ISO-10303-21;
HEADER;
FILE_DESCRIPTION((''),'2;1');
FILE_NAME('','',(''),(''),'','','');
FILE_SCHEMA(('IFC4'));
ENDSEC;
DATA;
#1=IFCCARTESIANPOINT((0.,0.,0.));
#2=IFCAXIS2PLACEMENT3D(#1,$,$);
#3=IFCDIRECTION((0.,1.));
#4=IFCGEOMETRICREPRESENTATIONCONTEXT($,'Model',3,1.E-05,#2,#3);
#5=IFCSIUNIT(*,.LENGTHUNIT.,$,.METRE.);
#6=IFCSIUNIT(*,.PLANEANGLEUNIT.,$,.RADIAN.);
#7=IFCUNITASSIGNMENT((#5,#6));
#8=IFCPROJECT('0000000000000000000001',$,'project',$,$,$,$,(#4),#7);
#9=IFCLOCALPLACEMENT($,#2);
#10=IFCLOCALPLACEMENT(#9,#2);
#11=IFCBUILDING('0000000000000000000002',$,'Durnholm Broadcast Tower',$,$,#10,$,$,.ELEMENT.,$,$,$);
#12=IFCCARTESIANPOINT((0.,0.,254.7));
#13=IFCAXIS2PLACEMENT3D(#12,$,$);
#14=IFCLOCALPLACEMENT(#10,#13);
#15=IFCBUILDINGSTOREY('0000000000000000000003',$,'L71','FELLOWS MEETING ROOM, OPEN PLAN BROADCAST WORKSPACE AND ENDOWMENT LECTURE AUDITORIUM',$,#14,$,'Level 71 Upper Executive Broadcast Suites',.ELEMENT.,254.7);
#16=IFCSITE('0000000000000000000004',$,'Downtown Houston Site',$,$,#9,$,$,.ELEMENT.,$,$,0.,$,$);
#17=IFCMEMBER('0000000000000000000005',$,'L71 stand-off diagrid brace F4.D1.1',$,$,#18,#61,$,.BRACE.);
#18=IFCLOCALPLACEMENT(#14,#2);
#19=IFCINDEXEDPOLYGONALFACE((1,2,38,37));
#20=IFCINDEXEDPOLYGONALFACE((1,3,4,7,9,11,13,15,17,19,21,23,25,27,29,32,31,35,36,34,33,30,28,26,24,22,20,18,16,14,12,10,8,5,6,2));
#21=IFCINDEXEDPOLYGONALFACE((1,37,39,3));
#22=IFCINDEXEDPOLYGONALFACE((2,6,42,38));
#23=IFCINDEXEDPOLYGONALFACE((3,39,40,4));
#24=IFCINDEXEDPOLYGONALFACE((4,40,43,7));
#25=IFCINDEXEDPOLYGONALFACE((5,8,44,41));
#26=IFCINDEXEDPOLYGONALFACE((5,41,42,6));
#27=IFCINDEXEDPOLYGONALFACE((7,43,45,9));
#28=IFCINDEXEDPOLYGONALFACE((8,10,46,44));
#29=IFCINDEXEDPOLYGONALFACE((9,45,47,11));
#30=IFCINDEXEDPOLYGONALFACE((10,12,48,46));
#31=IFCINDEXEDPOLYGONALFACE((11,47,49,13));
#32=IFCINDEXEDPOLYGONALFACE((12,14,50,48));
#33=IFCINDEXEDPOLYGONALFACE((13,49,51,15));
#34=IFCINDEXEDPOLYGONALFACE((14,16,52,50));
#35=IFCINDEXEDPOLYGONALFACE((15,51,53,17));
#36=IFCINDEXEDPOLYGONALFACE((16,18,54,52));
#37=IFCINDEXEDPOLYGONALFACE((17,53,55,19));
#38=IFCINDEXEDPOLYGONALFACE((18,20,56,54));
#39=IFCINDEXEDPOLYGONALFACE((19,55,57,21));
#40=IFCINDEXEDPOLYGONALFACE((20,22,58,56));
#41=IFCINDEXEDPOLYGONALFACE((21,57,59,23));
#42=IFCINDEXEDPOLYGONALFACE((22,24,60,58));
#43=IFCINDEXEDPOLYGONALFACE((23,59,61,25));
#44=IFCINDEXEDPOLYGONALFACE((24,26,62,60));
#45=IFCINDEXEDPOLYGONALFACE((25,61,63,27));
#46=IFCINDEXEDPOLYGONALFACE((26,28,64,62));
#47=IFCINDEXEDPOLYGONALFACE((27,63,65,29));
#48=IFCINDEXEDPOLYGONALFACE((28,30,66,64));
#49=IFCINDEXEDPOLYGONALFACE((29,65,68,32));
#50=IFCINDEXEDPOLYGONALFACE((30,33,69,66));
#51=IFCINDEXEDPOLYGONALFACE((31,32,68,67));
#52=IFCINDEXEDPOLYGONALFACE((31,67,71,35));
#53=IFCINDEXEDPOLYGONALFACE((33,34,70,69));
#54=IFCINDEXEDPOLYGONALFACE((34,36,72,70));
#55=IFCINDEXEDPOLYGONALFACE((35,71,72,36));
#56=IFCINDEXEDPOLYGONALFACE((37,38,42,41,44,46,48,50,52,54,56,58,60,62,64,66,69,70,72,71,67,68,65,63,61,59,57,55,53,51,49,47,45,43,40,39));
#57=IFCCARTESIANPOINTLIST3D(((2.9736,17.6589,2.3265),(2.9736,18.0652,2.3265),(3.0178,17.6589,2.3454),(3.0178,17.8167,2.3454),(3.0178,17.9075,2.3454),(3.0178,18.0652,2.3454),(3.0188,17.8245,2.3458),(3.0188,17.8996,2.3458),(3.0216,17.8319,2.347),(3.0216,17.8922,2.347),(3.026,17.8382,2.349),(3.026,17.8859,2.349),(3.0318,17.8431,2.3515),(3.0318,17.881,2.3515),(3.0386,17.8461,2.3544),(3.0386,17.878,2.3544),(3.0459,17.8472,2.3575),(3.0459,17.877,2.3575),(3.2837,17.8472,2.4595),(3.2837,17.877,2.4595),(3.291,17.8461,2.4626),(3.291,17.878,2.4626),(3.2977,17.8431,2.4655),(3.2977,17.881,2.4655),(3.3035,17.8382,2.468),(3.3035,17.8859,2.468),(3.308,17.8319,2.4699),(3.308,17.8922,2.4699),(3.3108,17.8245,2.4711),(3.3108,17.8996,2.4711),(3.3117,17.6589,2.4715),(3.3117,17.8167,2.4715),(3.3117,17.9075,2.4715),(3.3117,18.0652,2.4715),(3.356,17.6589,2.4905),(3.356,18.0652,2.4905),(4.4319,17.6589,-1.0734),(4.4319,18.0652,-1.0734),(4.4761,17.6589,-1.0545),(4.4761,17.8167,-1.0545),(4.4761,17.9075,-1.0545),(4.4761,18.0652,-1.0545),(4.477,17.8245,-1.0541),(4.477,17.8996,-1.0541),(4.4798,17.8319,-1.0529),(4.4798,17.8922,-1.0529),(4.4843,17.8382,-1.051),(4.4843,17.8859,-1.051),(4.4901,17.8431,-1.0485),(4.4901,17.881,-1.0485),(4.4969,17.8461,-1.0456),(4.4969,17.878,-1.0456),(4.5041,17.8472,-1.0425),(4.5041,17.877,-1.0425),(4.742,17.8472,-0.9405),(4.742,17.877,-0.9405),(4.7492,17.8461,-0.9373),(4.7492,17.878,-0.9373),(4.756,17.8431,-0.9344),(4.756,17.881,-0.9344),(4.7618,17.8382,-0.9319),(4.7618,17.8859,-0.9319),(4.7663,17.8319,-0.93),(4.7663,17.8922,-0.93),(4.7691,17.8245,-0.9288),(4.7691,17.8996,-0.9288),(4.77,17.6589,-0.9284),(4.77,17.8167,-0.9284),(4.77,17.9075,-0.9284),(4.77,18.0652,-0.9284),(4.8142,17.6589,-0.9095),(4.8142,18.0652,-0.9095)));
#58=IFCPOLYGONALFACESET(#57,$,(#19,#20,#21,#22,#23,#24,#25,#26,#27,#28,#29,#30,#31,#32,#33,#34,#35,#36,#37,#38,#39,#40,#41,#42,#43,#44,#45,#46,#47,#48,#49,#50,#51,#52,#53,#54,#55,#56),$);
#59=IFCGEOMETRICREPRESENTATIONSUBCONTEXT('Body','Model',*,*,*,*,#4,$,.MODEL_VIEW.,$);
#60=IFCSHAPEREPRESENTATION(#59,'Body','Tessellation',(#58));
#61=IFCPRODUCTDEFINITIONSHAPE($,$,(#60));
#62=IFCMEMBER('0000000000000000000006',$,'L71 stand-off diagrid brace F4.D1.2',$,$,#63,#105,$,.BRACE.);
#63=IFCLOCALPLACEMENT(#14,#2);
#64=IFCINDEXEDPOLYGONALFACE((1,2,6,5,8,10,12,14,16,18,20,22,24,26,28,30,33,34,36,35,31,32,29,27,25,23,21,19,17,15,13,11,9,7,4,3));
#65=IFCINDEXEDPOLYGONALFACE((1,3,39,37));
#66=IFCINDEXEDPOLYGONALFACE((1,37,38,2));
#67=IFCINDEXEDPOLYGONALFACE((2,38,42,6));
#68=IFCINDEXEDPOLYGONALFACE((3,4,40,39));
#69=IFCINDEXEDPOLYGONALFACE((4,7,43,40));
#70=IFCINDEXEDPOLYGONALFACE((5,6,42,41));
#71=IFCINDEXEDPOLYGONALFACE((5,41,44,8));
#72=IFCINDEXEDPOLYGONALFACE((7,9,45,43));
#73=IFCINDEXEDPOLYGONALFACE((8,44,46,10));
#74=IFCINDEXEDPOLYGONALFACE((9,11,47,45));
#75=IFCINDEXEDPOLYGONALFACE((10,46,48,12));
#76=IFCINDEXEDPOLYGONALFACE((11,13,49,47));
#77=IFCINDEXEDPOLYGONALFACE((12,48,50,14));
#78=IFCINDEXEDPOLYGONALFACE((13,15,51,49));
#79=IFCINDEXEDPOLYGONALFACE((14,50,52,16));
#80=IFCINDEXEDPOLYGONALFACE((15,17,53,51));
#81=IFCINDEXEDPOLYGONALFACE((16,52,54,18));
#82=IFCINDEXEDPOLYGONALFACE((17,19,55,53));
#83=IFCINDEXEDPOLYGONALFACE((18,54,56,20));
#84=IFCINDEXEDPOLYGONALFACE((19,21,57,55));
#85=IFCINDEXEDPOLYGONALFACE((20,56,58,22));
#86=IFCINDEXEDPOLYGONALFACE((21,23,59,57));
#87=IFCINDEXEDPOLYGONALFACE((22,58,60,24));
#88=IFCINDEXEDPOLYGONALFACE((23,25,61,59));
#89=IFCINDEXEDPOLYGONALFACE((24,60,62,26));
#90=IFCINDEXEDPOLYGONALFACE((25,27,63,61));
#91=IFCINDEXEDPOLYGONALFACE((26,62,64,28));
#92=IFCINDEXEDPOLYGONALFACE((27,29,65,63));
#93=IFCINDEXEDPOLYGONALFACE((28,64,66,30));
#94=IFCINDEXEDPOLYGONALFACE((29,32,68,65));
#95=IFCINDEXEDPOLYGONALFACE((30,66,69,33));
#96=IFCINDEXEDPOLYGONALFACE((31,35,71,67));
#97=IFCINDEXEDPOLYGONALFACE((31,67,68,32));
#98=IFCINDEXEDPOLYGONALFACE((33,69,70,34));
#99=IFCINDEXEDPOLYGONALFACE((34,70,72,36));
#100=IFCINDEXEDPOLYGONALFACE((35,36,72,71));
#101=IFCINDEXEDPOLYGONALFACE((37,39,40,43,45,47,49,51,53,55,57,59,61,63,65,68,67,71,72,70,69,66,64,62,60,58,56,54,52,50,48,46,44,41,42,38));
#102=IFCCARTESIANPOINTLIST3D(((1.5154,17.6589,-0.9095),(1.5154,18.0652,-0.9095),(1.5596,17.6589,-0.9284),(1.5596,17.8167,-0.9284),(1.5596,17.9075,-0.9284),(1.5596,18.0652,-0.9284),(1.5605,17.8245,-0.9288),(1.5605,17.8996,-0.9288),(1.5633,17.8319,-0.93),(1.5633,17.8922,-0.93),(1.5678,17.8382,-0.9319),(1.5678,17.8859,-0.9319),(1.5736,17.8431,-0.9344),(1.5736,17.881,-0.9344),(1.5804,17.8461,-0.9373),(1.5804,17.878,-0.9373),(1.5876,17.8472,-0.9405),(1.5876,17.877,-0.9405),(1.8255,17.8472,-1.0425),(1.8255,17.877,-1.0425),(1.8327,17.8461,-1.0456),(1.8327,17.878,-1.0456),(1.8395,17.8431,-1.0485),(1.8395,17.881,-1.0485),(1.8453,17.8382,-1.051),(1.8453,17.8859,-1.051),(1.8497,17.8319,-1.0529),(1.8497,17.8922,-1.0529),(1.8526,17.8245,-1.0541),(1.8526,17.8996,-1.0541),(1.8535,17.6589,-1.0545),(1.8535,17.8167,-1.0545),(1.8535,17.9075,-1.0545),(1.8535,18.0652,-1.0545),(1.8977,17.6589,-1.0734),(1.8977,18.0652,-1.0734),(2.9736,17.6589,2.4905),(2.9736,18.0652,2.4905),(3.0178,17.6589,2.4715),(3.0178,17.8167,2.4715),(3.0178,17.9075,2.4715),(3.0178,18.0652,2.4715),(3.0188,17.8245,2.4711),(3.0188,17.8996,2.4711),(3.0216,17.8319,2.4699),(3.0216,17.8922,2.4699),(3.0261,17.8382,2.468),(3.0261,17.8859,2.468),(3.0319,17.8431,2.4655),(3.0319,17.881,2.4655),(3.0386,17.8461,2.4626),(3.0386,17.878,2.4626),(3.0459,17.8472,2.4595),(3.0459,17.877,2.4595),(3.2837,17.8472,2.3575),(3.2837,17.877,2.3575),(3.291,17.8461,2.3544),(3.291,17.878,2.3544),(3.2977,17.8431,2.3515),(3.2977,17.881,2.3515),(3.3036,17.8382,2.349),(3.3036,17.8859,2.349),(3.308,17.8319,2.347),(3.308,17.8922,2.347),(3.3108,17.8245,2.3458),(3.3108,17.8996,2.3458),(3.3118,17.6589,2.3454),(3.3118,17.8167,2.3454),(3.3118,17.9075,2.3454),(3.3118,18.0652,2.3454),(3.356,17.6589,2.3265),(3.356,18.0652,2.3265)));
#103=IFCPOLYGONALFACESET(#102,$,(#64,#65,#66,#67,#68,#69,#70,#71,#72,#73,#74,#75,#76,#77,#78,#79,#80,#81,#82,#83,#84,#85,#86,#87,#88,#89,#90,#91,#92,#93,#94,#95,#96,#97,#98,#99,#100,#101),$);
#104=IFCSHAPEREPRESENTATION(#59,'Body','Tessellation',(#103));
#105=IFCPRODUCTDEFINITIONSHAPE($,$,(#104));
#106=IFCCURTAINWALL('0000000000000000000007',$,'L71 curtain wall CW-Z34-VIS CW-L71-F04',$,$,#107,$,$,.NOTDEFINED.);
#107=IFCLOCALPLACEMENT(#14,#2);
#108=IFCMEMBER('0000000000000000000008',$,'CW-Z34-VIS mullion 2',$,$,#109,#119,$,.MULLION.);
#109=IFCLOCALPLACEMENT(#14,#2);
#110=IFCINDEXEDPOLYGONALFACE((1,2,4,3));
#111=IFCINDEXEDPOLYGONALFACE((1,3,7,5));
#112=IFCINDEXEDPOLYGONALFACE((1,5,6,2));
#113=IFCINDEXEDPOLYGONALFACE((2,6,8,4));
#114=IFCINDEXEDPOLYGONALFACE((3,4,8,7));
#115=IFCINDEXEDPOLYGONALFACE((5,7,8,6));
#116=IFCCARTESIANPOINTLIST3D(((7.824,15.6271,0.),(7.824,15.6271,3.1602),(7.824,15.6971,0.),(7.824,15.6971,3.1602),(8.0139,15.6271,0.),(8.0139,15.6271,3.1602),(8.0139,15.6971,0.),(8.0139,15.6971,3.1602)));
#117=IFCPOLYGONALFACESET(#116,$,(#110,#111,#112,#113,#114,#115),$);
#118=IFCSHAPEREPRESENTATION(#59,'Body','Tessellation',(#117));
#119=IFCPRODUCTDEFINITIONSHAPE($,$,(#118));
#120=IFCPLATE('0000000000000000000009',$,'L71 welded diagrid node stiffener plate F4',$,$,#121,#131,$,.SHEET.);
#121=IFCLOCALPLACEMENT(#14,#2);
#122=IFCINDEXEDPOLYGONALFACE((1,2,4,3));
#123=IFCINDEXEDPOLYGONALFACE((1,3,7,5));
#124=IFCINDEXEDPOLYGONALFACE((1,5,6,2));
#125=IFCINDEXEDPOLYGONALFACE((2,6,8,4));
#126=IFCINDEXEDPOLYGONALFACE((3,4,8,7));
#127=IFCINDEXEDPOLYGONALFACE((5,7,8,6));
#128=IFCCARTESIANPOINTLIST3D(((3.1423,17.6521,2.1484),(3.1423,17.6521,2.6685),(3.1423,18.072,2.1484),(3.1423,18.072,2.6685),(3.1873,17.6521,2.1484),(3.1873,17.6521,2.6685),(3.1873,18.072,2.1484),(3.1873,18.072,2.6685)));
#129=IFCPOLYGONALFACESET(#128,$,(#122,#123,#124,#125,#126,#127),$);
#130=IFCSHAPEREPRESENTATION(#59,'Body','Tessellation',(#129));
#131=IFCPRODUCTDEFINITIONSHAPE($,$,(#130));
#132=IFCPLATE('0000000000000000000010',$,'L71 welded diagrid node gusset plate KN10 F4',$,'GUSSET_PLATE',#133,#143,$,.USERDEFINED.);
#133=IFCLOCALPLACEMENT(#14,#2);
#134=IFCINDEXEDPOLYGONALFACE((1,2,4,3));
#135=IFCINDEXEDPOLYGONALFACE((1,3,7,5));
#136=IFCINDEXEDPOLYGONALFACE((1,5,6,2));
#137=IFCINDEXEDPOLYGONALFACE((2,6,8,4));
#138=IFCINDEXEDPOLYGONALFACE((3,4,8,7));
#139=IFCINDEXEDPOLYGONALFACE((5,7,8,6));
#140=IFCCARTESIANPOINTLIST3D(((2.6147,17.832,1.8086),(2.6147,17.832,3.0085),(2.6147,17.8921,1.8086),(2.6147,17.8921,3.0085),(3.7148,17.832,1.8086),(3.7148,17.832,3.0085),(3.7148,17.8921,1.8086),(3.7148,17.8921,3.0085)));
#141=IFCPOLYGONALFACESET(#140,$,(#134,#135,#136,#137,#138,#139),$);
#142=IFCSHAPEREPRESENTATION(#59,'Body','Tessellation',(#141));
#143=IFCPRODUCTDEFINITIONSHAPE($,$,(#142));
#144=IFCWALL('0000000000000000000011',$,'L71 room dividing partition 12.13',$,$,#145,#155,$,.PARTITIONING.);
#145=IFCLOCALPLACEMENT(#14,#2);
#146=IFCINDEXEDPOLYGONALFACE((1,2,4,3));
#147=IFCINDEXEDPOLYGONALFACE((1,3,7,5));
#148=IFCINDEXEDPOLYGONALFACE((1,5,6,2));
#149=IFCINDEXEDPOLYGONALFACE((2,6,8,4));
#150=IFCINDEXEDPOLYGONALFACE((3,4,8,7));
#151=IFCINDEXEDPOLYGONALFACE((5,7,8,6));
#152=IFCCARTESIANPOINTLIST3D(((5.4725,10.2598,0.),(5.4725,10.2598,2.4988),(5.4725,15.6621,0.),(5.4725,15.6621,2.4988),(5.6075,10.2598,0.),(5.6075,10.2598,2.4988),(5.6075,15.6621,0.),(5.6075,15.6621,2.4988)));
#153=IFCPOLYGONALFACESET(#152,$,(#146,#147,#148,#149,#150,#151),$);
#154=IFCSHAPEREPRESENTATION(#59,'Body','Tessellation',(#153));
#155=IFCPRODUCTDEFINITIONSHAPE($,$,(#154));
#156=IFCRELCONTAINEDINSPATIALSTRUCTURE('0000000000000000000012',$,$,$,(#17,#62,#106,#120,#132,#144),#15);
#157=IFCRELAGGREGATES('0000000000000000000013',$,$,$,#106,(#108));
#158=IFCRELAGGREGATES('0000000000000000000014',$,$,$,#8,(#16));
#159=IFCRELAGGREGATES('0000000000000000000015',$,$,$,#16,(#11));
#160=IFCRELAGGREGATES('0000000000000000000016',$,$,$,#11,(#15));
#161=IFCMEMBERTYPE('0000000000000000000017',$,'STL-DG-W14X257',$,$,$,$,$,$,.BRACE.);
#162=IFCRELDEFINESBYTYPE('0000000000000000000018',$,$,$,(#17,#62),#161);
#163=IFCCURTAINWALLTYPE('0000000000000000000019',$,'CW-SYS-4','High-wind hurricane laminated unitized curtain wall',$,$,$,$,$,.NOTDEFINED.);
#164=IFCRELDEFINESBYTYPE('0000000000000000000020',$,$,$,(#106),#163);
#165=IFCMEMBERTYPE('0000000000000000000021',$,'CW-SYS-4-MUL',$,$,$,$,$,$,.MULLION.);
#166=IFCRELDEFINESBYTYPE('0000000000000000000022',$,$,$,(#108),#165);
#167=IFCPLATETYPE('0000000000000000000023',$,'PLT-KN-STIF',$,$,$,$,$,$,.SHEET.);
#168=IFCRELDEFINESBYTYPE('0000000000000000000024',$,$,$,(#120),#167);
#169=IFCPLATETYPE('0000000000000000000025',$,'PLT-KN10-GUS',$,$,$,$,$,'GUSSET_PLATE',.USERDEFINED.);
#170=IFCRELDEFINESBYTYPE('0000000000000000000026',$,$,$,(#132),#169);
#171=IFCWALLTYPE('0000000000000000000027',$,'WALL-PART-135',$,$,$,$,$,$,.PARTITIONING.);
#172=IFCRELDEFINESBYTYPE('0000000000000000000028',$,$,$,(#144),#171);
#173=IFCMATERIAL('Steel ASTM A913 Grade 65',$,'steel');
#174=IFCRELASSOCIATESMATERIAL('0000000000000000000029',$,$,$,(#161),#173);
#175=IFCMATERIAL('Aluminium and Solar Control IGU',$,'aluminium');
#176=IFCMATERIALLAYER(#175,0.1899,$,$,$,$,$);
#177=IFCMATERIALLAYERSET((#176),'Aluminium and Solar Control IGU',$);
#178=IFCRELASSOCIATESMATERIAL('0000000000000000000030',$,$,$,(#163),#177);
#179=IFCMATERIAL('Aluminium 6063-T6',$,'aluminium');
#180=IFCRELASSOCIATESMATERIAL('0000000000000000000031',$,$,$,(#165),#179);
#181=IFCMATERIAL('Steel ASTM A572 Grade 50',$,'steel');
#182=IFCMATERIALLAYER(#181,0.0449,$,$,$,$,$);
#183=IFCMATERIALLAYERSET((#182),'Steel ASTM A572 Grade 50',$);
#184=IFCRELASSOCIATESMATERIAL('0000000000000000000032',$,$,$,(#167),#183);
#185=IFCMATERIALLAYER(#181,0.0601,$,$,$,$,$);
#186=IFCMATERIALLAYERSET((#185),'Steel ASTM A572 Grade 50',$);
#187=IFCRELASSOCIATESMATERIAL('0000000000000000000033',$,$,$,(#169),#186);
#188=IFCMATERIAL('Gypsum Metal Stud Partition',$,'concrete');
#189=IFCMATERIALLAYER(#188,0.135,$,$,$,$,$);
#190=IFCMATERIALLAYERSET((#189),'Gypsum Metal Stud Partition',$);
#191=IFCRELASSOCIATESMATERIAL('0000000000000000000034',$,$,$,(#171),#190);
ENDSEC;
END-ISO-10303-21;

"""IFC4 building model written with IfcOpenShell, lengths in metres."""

from ifc_helpers import new_model, si_unit, direction, frame, frame_2d, origin, origin_2d, place, context, subcontext, project, spatial, rectangle, i_section, extrude, source, transform, mapped, material, layer, layer_set, material_profile, profile_set, type_object, type_shapes, element, aggregate, save


model = new_model("IFC4")

# Units and contexts
model_context = context("Model", 3, precision=1e-05, world=origin(), true_north=direction((0.0, 1.0)))
body_context = subcontext(model_context, "Body", "Model", "MODEL_VIEW")
ifc_project = project(units=[si_unit("LENGTHUNIT", "METRE"), si_unit("PLANEANGLEUNIT", "RADIAN")], contexts=[model_context])

# Site, building, storey
site_placement = place(None, origin())
site = spatial("IfcSite", under=ifc_project, at=site_placement, Name="Downtown Houston Site", CompositionType="ELEMENT", RefElevation=0.0)
building_placement = place(site_placement, origin())
building = spatial("IfcBuilding", under=site, at=building_placement, Name="Durnholm Broadcast Tower", CompositionType="ELEMENT")
storey_placement = place(building_placement, frame((0.0, 0.0, 254.7)))
storey = spatial("IfcBuildingStorey", under=building, at=storey_placement, Name="L71", Description="FELLOWS MEETING ROOM, OPEN PLAN BROADCAST WORKSPACE AND ENDOWMENT LECTURE AUDITORIUM", LongName="Level 71 Upper Executive Broadcast Suites", CompositionType="ELEMENT", Elevation=254.7)

# Members
ifc_material_1 = material(Name="Steel ASTM A913 Grade 65", Category="steel")
ifc_material_profile_1 = material_profile(ifc_material_1, i_section(OverallWidth=0.4062, OverallDepth=0.416, WebThickness=0.0298, FlangeThickness=0.0481, FilletRadius=0.0305, at=origin_2d()), Name="W14X257")
ifc_profile_set_1 = profile_set([ifc_material_profile_1], Name="Steel ASTM A913 Grade 65")
member_type_1 = type_object("IfcMemberType", Name="STL-DG-W14X257", PredefinedType="BRACE", material=ifc_profile_set_1)
shared_shape_1 = source(origin(), body_context, "Body", "SweptSolid", [
    extrude(i_section(OverallWidth=0.4062, OverallDepth=0.416, WebThickness=0.0298, FlangeThickness=0.0481, FilletRadius=0.0305, at=origin_2d()), origin(), (0.0, 0.0, 1.0), 3.6995),
])
type_shapes(member_type_1, [shared_shape_1])
for number, where, z_axis, x_axis, name in (
    (1, (4.623, 17.8621, -0.9915), (-0.394182, 0.0, 0.919032), (0.0, -1.0, 0.0), "L71 stand-off diagrid brace F4.D1.1"),
    (2, (1.7065, 17.8621, -0.9915), (0.394182, 0.0, 0.919032), (0.0, 1.0, 0.0), "L71 stand-off diagrid brace F4.D1.2"),
):
    element("IfcMember", number, at=place(storey_placement, frame(where, z_axis=z_axis, x_axis=x_axis)), inside=storey, type_object=member_type_1, Name=name, PredefinedType="BRACE", context=body_context, shape_type="MappedRepresentation", body=[
        mapped(shared_shape_1, transform((0.0, 0.0, 0.0), x_axis=(1.0, 0.0, 0.0), y_axis=(0.0, 1.0, 0.0), z_axis=(0.0, 0.0, 1.0), scale=1.0)),
    ])

# Curtain wall, member
ifc_material_2 = material(Name="Aluminium and Solar Control IGU", Category="aluminium")
ifc_layer_1 = layer(ifc_material_2, 0.1899)
ifc_layer_set_1 = layer_set([ifc_layer_1], Name="Aluminium and Solar Control IGU")
curtain_wall_type = type_object("IfcCurtainWallType", Name="CW-SYS-4", Description="High-wind hurricane laminated unitized curtain wall", PredefinedType="NOTDEFINED", material=ifc_layer_set_1)
curtain_wall_placement = place(storey_placement, origin())
curtain_wall = element("IfcCurtainWall", 3, at=curtain_wall_placement, inside=storey, type_object=curtain_wall_type, Name="L71 curtain wall CW-Z34-VIS CW-L71-F04", PredefinedType="NOTDEFINED")
ifc_material_3 = material(Name="Aluminium 6063-T6", Category="aluminium")
ifc_material_profile_2 = material_profile(ifc_material_3, rectangle(XDim=0.0701, YDim=0.1899, at=origin_2d()), Name="CWM70X190")
ifc_profile_set_2 = profile_set([ifc_material_profile_2], Name="Aluminium 6063-T6")
member_type_2 = type_object("IfcMemberType", Name="CW-SYS-4-MUL", PredefinedType="MULLION", material=ifc_profile_set_2)
shared_shape_2 = source(origin(), body_context, "Body", "SweptSolid", [
    extrude(rectangle(XDim=0.0701, YDim=0.1899, at=origin_2d()), origin(), (0.0, 0.0, 1.0), 3.1602),
])
type_shapes(member_type_2, [shared_shape_2])
member_placement = place(storey_placement, frame((7.9189, 15.6621, 0.0), z_axis=(0.0, 0.0, 1.0), x_axis=(0.0, 1.0, 0.0)))
member = element("IfcMember", 4, at=member_placement, type_object=member_type_2, Name="CW-Z34-VIS mullion 2", PredefinedType="MULLION", context=body_context, shape_type="MappedRepresentation", body=[
    mapped(shared_shape_2, transform((0.0, 0.0, 0.0), x_axis=(1.0, 0.0, 0.0), y_axis=(0.0, 1.0, 0.0), z_axis=(0.0, 0.0, 1.0), scale=1.0)),
])
aggregate(curtain_wall, [member])

# Plates
ifc_material_4 = material(Name="Steel ASTM A572 Grade 50", Category="steel")
ifc_layer_2 = layer(ifc_material_4, 0.0449)
ifc_layer_set_2 = layer_set([ifc_layer_2], Name="Steel ASTM A572 Grade 50")
plate_type_1 = type_object("IfcPlateType", Name="PLT-KN-STIF", PredefinedType="SHEET", material=ifc_layer_set_2)
shared_shape_3 = source(origin(), body_context, "Body", "SweptSolid", [
    extrude(rectangle(XDim=0.0449, YDim=0.4199, at=origin_2d()), origin(), (0.0, 0.0, 1.0), 0.52),
])
type_shapes(plate_type_1, [shared_shape_3])
plate_1_placement = place(storey_placement, frame((3.1648, 17.8621, 2.1484), z_axis=(0.0, 0.0, 1.0), x_axis=(-1.0, 0.0, 0.0)))
element("IfcPlate", 5, at=plate_1_placement, inside=storey, type_object=plate_type_1, Name="L71 welded diagrid node stiffener plate F4", PredefinedType="SHEET", context=body_context, shape_type="MappedRepresentation", body=[
    mapped(shared_shape_3, transform((0.0, 0.0, 0.0), x_axis=(1.0, 0.0, 0.0), y_axis=(0.0, 1.0, 0.0), z_axis=(0.0, 0.0, 1.0), scale=1.0)),
])
ifc_layer_3 = layer(ifc_material_4, 0.0601)
ifc_layer_set_3 = layer_set([ifc_layer_3], Name="Steel ASTM A572 Grade 50")
plate_type_2 = type_object("IfcPlateType", Name="PLT-KN10-GUS", ElementType="GUSSET_PLATE", PredefinedType="USERDEFINED", material=ifc_layer_set_3)
shared_shape_4 = source(origin(), body_context, "Body", "SweptSolid", [
    extrude(rectangle(XDim=1.1001, YDim=0.0601, at=origin_2d()), origin(), (0.0, 0.0, 1.0), 1.2),
])
type_shapes(plate_type_2, [shared_shape_4])
plate_2_placement = place(storey_placement, frame((3.1648, 17.8621, 1.8086), z_axis=(0.0, 0.0, 1.0), x_axis=(-1.0, 0.0, 0.0)))
element("IfcPlate", 6, at=plate_2_placement, inside=storey, type_object=plate_type_2, Name="L71 welded diagrid node gusset plate KN10 F4", ObjectType="GUSSET_PLATE", PredefinedType="USERDEFINED", context=body_context, shape_type="MappedRepresentation", body=[
    mapped(shared_shape_4, transform((0.0, 0.0, 0.0), x_axis=(1.0, 0.0, 0.0), y_axis=(0.0, 1.0, 0.0), z_axis=(0.0, 0.0, 1.0), scale=1.0)),
])

# Wall
ifc_material_5 = material(Name="Gypsum Metal Stud Partition", Category="concrete")
ifc_layer_4 = layer(ifc_material_5, 0.135)
ifc_layer_set_4 = layer_set([ifc_layer_4], Name="Gypsum Metal Stud Partition")
wall_type_1 = type_object("IfcWallType", Name="WALL-PART-135", PredefinedType="PARTITIONING", material=ifc_layer_set_4)
wall_1_placement = place(storey_placement, frame((5.54, 15.6621, 0.0), z_axis=(0.0, 0.0, 1.0), x_axis=(0.0, -1.0, 0.0)))
element("IfcWall", 7, at=wall_1_placement, inside=storey, type_object=wall_type_1, Name="L71 room dividing partition 12.13", PredefinedType="PARTITIONING", context=body_context, shape_type="SweptSolid", body=[
    extrude(rectangle(XDim=5.4023, YDim=0.135, at=frame_2d((2.7012, 0.0))), origin(), (0.0, 0.0, 1.0), 2.4988),
])

save(model, "model.ifc")
